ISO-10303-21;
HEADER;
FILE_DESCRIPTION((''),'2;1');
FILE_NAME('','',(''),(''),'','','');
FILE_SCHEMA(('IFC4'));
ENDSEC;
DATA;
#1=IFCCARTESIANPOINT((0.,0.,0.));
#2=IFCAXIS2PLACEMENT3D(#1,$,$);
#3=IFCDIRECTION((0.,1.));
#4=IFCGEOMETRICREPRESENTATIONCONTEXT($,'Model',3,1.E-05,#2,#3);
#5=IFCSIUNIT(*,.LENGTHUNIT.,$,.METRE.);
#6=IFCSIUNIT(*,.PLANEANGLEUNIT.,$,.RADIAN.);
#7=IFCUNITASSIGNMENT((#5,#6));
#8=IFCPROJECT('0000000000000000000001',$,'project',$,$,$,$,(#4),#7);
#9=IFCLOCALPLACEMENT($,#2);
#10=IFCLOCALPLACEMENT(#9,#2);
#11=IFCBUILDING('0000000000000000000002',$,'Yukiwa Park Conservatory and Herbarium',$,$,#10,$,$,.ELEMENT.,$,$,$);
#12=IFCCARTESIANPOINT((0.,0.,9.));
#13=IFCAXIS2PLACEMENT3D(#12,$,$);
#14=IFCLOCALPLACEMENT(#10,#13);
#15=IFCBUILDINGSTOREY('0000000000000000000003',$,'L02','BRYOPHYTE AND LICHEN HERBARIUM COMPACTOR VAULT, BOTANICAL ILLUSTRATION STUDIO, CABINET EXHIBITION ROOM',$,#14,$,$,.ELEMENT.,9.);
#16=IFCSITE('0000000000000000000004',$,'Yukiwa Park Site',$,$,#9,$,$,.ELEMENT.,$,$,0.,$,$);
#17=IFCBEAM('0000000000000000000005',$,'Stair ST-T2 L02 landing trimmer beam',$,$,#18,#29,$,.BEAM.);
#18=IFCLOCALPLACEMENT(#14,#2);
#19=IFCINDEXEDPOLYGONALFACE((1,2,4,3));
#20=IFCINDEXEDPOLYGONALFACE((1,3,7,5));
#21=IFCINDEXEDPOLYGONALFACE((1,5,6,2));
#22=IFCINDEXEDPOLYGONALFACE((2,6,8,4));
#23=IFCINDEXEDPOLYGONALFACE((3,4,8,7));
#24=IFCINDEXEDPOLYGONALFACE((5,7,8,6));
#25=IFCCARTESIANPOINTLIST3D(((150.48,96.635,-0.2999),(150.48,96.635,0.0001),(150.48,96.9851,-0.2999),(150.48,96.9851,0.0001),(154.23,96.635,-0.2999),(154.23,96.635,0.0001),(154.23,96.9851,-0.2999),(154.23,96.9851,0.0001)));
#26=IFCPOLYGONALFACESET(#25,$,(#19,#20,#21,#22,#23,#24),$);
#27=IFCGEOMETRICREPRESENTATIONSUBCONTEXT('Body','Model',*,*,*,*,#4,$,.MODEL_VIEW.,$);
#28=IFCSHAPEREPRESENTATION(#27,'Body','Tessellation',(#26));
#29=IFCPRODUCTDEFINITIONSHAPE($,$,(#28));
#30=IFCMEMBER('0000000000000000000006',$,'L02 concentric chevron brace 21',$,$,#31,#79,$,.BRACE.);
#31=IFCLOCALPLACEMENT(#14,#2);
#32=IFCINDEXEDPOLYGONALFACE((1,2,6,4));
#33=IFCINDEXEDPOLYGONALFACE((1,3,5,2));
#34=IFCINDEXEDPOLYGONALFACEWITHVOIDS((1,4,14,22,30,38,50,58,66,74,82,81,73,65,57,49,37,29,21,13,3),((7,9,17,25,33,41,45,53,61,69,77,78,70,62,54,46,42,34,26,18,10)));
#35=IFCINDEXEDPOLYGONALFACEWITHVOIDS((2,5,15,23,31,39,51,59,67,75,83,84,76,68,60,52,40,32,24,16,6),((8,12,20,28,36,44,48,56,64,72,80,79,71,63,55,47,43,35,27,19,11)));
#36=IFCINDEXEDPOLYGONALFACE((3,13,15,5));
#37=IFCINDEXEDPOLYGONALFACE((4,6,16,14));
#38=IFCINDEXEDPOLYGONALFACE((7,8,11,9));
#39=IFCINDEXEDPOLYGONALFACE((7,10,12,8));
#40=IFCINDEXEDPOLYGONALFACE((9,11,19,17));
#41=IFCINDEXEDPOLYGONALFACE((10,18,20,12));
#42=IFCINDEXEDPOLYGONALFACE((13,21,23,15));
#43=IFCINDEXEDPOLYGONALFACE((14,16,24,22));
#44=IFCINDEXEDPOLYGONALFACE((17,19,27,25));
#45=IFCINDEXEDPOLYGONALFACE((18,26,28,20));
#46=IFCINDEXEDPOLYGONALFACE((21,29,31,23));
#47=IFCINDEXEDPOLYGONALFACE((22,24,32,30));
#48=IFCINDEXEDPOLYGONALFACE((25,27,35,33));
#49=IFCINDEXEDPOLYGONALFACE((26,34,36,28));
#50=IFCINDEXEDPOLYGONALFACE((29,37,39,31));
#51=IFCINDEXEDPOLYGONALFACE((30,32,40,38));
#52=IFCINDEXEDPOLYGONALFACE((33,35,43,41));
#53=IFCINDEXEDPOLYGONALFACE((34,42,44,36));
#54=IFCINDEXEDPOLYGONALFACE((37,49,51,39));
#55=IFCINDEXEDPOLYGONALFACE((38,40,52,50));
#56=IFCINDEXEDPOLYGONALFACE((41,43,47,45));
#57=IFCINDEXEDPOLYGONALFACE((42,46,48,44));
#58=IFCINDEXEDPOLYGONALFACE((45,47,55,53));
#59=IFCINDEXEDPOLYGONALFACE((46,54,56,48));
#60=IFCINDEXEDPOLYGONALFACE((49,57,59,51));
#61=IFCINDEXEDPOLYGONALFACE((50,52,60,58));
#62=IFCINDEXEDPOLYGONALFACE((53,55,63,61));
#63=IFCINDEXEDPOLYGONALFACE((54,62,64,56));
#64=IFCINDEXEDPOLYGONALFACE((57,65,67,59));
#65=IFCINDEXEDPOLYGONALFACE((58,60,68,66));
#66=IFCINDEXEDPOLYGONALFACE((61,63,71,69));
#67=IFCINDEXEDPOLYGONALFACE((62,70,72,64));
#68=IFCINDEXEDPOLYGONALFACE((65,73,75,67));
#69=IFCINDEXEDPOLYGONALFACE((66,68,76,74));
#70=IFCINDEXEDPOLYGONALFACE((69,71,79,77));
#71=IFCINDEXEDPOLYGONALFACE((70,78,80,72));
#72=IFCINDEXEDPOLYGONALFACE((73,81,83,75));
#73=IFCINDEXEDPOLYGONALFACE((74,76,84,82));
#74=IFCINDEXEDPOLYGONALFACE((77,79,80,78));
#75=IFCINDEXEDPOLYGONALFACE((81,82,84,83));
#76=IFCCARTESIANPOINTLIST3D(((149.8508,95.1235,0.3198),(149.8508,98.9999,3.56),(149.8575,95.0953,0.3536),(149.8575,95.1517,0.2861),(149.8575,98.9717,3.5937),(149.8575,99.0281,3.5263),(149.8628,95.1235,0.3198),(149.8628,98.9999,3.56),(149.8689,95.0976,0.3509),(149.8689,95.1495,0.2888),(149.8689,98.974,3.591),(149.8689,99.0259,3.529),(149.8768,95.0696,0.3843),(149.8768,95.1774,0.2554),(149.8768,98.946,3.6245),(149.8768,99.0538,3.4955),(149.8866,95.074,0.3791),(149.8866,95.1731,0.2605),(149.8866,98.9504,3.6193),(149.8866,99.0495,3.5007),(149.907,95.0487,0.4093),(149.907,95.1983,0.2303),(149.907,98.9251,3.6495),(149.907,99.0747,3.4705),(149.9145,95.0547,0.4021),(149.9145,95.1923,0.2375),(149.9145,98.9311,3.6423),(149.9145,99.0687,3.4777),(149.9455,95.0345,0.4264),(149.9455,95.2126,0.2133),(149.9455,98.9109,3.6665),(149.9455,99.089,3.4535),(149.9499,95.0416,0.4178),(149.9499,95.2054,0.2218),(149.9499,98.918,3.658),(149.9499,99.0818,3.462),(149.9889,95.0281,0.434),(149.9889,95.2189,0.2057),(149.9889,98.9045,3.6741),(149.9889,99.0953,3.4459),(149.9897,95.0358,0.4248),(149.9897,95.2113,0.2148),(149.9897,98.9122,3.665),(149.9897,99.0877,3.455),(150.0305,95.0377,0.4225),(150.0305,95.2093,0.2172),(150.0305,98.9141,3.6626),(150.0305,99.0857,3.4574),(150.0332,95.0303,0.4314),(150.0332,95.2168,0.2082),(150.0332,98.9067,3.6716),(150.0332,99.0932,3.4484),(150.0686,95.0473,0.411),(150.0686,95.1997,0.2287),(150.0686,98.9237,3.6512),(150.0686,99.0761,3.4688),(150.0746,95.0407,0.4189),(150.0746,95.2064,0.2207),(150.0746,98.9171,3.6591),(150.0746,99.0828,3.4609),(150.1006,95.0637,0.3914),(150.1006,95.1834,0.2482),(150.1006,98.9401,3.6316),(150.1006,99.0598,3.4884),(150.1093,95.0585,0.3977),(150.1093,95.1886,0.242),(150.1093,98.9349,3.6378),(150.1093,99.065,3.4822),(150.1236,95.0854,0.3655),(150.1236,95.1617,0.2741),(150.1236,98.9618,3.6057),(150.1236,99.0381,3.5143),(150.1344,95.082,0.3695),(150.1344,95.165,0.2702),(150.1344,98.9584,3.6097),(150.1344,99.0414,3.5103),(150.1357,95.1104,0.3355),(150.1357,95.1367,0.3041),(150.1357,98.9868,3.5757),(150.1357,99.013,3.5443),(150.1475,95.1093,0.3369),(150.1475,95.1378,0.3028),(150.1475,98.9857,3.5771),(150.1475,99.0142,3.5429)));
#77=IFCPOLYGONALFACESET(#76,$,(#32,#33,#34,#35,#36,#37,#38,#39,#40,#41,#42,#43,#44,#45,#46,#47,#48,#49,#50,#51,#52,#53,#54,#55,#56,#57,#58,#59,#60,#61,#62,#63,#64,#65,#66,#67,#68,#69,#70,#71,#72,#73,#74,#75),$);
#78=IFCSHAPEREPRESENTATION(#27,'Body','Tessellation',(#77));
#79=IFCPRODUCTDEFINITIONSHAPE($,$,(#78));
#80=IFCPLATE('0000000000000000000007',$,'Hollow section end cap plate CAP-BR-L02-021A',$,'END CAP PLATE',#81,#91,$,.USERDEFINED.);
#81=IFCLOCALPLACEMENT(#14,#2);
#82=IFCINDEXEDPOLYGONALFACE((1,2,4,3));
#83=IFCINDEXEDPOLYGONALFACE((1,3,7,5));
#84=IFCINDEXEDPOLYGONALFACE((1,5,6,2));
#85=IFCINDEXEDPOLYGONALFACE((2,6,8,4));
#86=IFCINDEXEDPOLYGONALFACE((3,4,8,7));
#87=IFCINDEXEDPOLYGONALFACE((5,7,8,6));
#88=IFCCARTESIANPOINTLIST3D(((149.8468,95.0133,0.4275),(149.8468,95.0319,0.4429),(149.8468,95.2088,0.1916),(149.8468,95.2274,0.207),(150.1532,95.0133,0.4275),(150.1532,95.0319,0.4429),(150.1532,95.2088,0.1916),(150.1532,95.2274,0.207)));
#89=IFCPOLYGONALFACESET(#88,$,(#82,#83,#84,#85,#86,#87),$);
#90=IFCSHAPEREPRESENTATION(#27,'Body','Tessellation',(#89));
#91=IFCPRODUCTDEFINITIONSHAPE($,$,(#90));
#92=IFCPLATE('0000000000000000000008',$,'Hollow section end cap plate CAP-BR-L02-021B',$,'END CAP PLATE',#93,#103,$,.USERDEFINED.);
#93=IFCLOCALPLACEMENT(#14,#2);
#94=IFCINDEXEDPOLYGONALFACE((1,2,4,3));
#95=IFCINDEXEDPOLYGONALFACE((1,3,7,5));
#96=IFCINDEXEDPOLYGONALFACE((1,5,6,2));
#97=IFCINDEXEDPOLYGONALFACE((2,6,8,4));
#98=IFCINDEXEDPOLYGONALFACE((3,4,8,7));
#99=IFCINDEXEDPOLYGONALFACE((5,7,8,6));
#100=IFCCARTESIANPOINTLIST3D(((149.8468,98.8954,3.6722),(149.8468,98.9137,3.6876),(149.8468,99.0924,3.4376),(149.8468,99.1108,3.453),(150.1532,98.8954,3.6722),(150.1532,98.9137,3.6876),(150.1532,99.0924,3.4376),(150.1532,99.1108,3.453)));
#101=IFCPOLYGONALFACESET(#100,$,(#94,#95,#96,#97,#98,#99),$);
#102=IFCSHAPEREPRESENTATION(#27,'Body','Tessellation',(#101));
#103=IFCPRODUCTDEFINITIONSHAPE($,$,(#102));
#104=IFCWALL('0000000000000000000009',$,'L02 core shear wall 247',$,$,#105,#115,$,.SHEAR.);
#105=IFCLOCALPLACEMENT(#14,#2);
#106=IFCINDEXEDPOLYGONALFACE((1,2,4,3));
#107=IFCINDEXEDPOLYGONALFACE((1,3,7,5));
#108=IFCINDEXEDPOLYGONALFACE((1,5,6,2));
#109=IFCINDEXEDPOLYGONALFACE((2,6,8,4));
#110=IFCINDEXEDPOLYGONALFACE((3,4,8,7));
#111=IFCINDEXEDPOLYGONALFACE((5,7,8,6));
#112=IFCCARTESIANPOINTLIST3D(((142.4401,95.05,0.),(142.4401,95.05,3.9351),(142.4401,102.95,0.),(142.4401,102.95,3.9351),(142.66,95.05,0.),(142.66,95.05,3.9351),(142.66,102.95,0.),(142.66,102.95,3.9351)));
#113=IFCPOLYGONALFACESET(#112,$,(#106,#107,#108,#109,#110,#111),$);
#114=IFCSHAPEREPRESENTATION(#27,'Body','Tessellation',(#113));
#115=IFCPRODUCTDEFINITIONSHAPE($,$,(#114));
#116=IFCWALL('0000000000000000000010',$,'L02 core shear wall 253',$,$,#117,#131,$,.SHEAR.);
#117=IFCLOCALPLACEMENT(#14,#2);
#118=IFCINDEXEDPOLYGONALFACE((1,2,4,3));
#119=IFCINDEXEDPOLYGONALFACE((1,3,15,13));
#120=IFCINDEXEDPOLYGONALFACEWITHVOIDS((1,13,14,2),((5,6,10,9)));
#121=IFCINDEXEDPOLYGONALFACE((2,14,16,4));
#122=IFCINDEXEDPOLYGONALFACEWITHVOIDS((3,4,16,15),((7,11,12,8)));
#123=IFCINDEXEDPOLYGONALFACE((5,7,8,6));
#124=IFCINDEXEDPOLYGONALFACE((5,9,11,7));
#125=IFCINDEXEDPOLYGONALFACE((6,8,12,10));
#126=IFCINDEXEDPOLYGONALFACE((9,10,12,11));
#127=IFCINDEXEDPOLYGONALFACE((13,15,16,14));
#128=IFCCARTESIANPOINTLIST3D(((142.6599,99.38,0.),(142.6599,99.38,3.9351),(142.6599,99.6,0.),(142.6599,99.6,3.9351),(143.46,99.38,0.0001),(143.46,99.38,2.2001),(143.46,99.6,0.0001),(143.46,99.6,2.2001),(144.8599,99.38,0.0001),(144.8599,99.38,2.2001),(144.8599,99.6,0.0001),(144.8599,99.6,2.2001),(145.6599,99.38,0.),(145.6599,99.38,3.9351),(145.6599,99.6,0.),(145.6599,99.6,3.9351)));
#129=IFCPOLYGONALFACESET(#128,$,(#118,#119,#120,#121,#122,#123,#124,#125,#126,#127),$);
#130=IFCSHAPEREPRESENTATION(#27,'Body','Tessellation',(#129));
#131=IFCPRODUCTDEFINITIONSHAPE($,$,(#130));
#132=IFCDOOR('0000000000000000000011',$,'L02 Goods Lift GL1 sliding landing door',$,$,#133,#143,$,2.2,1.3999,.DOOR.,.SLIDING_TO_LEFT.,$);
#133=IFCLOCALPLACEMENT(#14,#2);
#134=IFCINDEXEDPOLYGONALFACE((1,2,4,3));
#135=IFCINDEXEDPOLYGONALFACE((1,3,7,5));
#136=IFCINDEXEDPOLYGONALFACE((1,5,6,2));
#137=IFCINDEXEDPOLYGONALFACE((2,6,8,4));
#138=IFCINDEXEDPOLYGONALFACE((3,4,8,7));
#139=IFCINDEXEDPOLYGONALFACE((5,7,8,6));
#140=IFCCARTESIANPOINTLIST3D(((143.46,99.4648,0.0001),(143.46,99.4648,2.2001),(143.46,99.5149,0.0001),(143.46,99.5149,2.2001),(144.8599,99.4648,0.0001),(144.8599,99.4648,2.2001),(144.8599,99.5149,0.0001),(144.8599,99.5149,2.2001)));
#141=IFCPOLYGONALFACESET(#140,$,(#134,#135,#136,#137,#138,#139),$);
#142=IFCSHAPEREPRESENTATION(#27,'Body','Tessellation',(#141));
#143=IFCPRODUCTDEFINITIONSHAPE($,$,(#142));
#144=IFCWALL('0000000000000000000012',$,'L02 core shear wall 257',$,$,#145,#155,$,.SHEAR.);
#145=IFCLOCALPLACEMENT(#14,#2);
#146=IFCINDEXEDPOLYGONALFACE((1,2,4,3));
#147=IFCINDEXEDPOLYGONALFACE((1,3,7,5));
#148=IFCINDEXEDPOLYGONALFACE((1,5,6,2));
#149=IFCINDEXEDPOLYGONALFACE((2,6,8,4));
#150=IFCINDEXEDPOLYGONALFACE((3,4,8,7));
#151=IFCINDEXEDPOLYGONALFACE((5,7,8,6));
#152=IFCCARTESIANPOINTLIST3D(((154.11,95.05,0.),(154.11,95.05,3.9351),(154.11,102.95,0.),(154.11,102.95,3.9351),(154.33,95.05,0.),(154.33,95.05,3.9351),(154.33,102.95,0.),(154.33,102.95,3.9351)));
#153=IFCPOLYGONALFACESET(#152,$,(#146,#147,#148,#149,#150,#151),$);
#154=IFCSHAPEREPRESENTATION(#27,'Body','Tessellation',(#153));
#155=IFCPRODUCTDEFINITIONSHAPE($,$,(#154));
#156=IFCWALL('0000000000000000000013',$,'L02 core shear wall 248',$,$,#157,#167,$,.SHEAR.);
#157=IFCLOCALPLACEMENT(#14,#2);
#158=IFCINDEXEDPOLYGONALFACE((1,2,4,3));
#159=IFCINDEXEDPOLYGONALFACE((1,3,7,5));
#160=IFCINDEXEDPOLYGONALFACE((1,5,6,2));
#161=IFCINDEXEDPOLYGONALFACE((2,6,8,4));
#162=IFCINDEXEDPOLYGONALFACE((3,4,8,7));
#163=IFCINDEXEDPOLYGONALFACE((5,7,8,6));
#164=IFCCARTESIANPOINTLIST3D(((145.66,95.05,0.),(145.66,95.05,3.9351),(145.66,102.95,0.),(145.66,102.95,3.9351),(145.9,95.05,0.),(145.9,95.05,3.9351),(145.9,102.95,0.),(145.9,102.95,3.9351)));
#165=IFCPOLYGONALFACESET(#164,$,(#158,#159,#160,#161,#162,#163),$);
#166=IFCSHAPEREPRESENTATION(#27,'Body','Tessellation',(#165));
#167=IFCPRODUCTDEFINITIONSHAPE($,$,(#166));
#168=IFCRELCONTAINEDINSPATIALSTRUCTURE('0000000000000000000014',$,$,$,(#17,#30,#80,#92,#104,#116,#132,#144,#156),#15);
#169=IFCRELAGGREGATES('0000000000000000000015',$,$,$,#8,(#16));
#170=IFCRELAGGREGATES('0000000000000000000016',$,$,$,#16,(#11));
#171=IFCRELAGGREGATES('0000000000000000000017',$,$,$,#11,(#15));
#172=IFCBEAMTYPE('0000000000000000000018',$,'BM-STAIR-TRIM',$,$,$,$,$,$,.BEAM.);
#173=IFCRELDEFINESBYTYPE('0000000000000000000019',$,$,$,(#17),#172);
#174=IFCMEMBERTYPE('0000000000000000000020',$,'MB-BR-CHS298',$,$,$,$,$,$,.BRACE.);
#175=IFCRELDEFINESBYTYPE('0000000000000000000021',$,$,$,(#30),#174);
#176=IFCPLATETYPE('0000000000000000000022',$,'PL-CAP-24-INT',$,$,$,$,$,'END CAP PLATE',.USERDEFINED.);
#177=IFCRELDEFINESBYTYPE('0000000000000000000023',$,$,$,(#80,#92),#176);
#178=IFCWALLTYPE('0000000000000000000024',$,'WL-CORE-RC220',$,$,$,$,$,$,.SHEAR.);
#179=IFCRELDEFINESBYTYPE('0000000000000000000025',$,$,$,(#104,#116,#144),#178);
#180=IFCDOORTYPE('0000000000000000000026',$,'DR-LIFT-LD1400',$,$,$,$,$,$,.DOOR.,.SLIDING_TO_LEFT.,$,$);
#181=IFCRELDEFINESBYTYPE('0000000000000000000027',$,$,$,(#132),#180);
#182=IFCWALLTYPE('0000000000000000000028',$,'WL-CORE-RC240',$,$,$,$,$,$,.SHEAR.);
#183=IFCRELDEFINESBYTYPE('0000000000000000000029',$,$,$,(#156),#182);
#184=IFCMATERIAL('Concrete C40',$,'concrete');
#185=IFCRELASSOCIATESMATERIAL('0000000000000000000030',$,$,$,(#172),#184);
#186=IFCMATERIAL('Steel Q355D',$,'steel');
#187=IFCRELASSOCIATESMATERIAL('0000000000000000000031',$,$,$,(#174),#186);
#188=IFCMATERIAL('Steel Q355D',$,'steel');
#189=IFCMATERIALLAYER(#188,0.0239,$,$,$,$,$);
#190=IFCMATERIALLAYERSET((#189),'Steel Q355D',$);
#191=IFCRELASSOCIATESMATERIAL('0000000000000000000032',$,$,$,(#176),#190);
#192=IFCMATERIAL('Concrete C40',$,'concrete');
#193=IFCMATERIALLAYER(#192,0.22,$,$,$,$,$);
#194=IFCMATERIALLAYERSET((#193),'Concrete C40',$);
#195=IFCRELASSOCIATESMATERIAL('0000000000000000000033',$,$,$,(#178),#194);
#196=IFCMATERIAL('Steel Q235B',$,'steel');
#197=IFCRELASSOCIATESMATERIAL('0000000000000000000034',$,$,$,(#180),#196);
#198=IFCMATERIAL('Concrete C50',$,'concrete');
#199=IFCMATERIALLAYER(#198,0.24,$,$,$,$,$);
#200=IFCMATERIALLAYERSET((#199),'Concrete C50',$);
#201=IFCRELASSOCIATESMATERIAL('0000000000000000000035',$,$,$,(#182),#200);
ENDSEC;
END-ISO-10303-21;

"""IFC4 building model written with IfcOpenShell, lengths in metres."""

from ifc_helpers import new_model, si_unit, direction, frame, frame_2d, origin, origin_2d, place, context, subcontext, project, spatial, rectangle, hollow_circle, extrude, material, layer, layer_set, material_profile, profile_set, type_object, element, fill, save


model = new_model("IFC4")

# Units and contexts
model_context = context("Model", 3, precision=1e-05, world=origin(), true_north=direction((0.0, 1.0)))
body_context = subcontext(model_context, "Body", "Model", "MODEL_VIEW")
ifc_project = project(units=[si_unit("LENGTHUNIT", "METRE"), si_unit("PLANEANGLEUNIT", "RADIAN")], contexts=[model_context])

# Site, building, storey
site_placement = place(None, origin())
site = spatial("IfcSite", under=ifc_project, at=site_placement, Name="Yukiwa Park Site", CompositionType="ELEMENT", RefElevation=0.0)
building_placement = place(site_placement, origin())
building = spatial("IfcBuilding", under=site, at=building_placement, Name="Yukiwa Park Conservatory and Herbarium", CompositionType="ELEMENT")
storey_placement = place(building_placement, frame((0.0, 0.0, 9.0)))
storey = spatial("IfcBuildingStorey", under=building, at=storey_placement, Name="L02", Description="BRYOPHYTE AND LICHEN HERBARIUM COMPACTOR VAULT, BOTANICAL ILLUSTRATION STUDIO, CABINET EXHIBITION ROOM", CompositionType="ELEMENT", Elevation=9.0)

# Beam
ifc_material_1 = material(Name="Concrete C40", Category="concrete")
ifc_material_profile_1 = material_profile(ifc_material_1, rectangle(XDim=0.3501, YDim=0.3, at=origin_2d()), Name="RC 350x300")
ifc_profile_set_1 = profile_set([ifc_material_profile_1], Name="Concrete C40")
beam_type_1 = type_object("IfcBeamType", Name="BM-STAIR-TRIM", PredefinedType="BEAM", material=ifc_profile_set_1)
beam_1_placement = place(storey_placement, frame((150.48, 96.8101, -0.1499), z_axis=(1.0, 0.0, 0.0), x_axis=(0.0, 1.0, 0.0)))
element("IfcBeam", 1, at=beam_1_placement, inside=storey, type_object=beam_type_1, Name="Stair ST-T2 L02 landing trimmer beam", PredefinedType="BEAM", context=body_context, shape_type="SweptSolid", body=[
    extrude(rectangle(XDim=0.3501, YDim=0.3, at=origin_2d()), origin(), (0.0, 0.0, 1.0), 3.75),
])

# Member
ifc_material_2 = material(Name="Steel Q355D", Category="steel")
ifc_material_profile_2 = material_profile(ifc_material_2, hollow_circle(Radius=0.1492, WallThickness=0.012, at=origin_2d()), Name="CHS 298.5x12")
ifc_profile_set_2 = profile_set([ifc_material_profile_2], Name="Steel Q355D")
member_type = type_object("IfcMemberType", Name="MB-BR-CHS298", PredefinedType="BRACE", material=ifc_profile_set_2)
member_placement = place(storey_placement, frame((150.0, 95.1235, 0.3198), z_axis=(0.0, 0.767262, 0.641334), x_axis=(-1.0, 0.0, 0.0)))
element("IfcMember", 2, at=member_placement, inside=storey, type_object=member_type, Name="L02 concentric chevron brace 21", PredefinedType="BRACE", context=body_context, shape_type="SweptSolid", body=[
    extrude(hollow_circle(Radius=0.1492, WallThickness=0.012, at=origin_2d()), origin(), (0.0, 0.0, 1.0), 5.0522),
])

# Plates
ifc_material_3 = material(Name="Steel Q355D", Category="steel")
ifc_layer_1 = layer(ifc_material_3, 0.0239)
ifc_layer_set_1 = layer_set([ifc_layer_1], Name="Steel Q355D")
plate_type = type_object("IfcPlateType", Name="PL-CAP-24-INT", ElementType="END CAP PLATE", PredefinedType="USERDEFINED", material=ifc_layer_set_1)
plate_1_placement = place(storey_placement, frame((150.0, 95.1296, 0.325), z_axis=(0.0, -0.769879, -0.638189), x_axis=(1.0, 0.0, 0.0)))
element("IfcPlate", 3, at=plate_1_placement, inside=storey, type_object=plate_type, Name="Hollow section end cap plate CAP-BR-L02-021A", ObjectType="END CAP PLATE", PredefinedType="USERDEFINED", context=body_context, shape_type="SweptSolid", body=[
    extrude(rectangle(XDim=0.3064, YDim=0.3064, at=origin_2d()), origin(), (0.0, 0.0, 1.0), 0.0242),
])
plate_2_placement = place(storey_placement, frame((150.0, 98.9939, 3.5549), z_axis=(0.0, 0.765705, 0.643192), x_axis=(-1.0, 0.0, 0.0)))
element("IfcPlate", 4, at=plate_2_placement, inside=storey, type_object=plate_type, Name="Hollow section end cap plate CAP-BR-L02-021B", ObjectType="END CAP PLATE", PredefinedType="USERDEFINED", context=body_context, shape_type="SweptSolid", body=[
    extrude(rectangle(XDim=0.3064, YDim=0.3064, at=origin_2d()), origin(), (0.0, 0.0, 1.0), 0.0239),
])

# Wall
ifc_material_4 = material(Name="Concrete C40", Category="concrete")
ifc_layer_2 = layer(ifc_material_4, 0.22)
ifc_layer_set_2 = layer_set([ifc_layer_2], Name="Concrete C40")
wall_type_1 = type_object("IfcWallType", Name="WL-CORE-RC220", PredefinedType="SHEAR", material=ifc_layer_set_2)
wall_1_placement = place(storey_placement, frame((142.55, 95.05, 0.0), z_axis=(0.0, 0.0, 1.0), x_axis=(0.0, 1.0, 0.0)))
element("IfcWall", 5, at=wall_1_placement, inside=storey, type_object=wall_type_1, Name="L02 core shear wall 247", PredefinedType="SHEAR", context=body_context, shape_type="SweptSolid", body=[
    extrude(rectangle(XDim=7.8999, YDim=0.22, at=frame_2d((3.95, 0.0))), origin(), (0.0, 0.0, 1.0), 3.9351),
])

# Wall, opening, door
wall_2_placement = place(storey_placement, frame((142.6599, 99.49, 0.0), z_axis=(0.0, 0.0, 1.0), x_axis=(1.0, 0.0, 0.0)))
wall_2 = element("IfcWall", 6, at=wall_2_placement, inside=storey, type_object=wall_type_1, Name="L02 core shear wall 253", PredefinedType="SHEAR", context=body_context, shape_type="SweptSolid", body=[
    extrude(rectangle(XDim=3.0, YDim=0.22, at=frame_2d((1.5, 0.0))), origin(), (0.0, 0.0, 1.0), 3.9351),
])
opening_1_placement = place(wall_2_placement, frame((0.8, 0.0, 0.0)))
opening_1 = element("IfcOpeningElement", 7, at=opening_1_placement, cuts=wall_2, PredefinedType="OPENING", context=body_context, shape_type="SweptSolid", body=[
    extrude(rectangle(XDim=1.3999, YDim=2.2, at=frame_2d((0.7, 1.1001))), frame((0.0, 0.1201, 0.0), z_axis=(0.0, -1.0, 0.0), x_axis=(1.0, 0.0, 0.0)), (0.0, 0.0, 1.0), 0.24),
])
ifc_material_5 = material(Name="Steel Q235B", Category="steel")
door_type_1 = type_object("IfcDoorType", Name="DR-LIFT-LD1400", OperationType="SLIDING_TO_LEFT", PredefinedType="DOOR", material=ifc_material_5)
door_1_placement = place(opening_1_placement, origin())
door_1 = element("IfcDoor", 8, at=door_1_placement, inside=storey, type_object=door_type_1, Name="L02 Goods Lift GL1 sliding landing door", OperationType="SLIDING_TO_LEFT", OverallHeight=2.2, OverallWidth=1.3999, PredefinedType="DOOR", context=body_context, shape_type="SweptSolid", body=[
    extrude(rectangle(XDim=1.3999, YDim=2.2, at=frame_2d((0.7, 1.1001))), frame((0.0, 0.0249, 0.0), z_axis=(0.0, -1.0, 0.0), x_axis=(1.0, 0.0, 0.0)), (0.0, 0.0, 1.0), 0.05),
])
fill(opening_1, door_1)

# Wall
wall_3_placement = place(storey_placement, frame((154.22, 95.05, 0.0), z_axis=(0.0, 0.0, 1.0), x_axis=(0.0, 1.0, 0.0)))
element("IfcWall", 9, at=wall_3_placement, inside=storey, type_object=wall_type_1, Name="L02 core shear wall 257", PredefinedType="SHEAR", context=body_context, shape_type="SweptSolid", body=[
    extrude(rectangle(XDim=7.8999, YDim=0.22, at=frame_2d((3.95, 0.0))), origin(), (0.0, 0.0, 1.0), 3.9351),
])

# Wall
ifc_material_6 = material(Name="Concrete C50", Category="concrete")
ifc_layer_3 = layer(ifc_material_6, 0.24)
ifc_layer_set_3 = layer_set([ifc_layer_3], Name="Concrete C50")
wall_type_2 = type_object("IfcWallType", Name="WL-CORE-RC240", PredefinedType="SHEAR", material=ifc_layer_set_3)
wall_4_placement = place(storey_placement, frame((145.78, 95.05, 0.0), z_axis=(0.0, 0.0, 1.0), x_axis=(0.0, 1.0, 0.0)))
element("IfcWall", 10, at=wall_4_placement, inside=storey, type_object=wall_type_2, Name="L02 core shear wall 248", PredefinedType="SHEAR", context=body_context, shape_type="SweptSolid", body=[
    extrude(rectangle(XDim=7.8999, YDim=0.24, at=frame_2d((3.95, 0.0))), origin(), (0.0, 0.0, 1.0), 3.9351),
])

save(model, "model.ifc")
